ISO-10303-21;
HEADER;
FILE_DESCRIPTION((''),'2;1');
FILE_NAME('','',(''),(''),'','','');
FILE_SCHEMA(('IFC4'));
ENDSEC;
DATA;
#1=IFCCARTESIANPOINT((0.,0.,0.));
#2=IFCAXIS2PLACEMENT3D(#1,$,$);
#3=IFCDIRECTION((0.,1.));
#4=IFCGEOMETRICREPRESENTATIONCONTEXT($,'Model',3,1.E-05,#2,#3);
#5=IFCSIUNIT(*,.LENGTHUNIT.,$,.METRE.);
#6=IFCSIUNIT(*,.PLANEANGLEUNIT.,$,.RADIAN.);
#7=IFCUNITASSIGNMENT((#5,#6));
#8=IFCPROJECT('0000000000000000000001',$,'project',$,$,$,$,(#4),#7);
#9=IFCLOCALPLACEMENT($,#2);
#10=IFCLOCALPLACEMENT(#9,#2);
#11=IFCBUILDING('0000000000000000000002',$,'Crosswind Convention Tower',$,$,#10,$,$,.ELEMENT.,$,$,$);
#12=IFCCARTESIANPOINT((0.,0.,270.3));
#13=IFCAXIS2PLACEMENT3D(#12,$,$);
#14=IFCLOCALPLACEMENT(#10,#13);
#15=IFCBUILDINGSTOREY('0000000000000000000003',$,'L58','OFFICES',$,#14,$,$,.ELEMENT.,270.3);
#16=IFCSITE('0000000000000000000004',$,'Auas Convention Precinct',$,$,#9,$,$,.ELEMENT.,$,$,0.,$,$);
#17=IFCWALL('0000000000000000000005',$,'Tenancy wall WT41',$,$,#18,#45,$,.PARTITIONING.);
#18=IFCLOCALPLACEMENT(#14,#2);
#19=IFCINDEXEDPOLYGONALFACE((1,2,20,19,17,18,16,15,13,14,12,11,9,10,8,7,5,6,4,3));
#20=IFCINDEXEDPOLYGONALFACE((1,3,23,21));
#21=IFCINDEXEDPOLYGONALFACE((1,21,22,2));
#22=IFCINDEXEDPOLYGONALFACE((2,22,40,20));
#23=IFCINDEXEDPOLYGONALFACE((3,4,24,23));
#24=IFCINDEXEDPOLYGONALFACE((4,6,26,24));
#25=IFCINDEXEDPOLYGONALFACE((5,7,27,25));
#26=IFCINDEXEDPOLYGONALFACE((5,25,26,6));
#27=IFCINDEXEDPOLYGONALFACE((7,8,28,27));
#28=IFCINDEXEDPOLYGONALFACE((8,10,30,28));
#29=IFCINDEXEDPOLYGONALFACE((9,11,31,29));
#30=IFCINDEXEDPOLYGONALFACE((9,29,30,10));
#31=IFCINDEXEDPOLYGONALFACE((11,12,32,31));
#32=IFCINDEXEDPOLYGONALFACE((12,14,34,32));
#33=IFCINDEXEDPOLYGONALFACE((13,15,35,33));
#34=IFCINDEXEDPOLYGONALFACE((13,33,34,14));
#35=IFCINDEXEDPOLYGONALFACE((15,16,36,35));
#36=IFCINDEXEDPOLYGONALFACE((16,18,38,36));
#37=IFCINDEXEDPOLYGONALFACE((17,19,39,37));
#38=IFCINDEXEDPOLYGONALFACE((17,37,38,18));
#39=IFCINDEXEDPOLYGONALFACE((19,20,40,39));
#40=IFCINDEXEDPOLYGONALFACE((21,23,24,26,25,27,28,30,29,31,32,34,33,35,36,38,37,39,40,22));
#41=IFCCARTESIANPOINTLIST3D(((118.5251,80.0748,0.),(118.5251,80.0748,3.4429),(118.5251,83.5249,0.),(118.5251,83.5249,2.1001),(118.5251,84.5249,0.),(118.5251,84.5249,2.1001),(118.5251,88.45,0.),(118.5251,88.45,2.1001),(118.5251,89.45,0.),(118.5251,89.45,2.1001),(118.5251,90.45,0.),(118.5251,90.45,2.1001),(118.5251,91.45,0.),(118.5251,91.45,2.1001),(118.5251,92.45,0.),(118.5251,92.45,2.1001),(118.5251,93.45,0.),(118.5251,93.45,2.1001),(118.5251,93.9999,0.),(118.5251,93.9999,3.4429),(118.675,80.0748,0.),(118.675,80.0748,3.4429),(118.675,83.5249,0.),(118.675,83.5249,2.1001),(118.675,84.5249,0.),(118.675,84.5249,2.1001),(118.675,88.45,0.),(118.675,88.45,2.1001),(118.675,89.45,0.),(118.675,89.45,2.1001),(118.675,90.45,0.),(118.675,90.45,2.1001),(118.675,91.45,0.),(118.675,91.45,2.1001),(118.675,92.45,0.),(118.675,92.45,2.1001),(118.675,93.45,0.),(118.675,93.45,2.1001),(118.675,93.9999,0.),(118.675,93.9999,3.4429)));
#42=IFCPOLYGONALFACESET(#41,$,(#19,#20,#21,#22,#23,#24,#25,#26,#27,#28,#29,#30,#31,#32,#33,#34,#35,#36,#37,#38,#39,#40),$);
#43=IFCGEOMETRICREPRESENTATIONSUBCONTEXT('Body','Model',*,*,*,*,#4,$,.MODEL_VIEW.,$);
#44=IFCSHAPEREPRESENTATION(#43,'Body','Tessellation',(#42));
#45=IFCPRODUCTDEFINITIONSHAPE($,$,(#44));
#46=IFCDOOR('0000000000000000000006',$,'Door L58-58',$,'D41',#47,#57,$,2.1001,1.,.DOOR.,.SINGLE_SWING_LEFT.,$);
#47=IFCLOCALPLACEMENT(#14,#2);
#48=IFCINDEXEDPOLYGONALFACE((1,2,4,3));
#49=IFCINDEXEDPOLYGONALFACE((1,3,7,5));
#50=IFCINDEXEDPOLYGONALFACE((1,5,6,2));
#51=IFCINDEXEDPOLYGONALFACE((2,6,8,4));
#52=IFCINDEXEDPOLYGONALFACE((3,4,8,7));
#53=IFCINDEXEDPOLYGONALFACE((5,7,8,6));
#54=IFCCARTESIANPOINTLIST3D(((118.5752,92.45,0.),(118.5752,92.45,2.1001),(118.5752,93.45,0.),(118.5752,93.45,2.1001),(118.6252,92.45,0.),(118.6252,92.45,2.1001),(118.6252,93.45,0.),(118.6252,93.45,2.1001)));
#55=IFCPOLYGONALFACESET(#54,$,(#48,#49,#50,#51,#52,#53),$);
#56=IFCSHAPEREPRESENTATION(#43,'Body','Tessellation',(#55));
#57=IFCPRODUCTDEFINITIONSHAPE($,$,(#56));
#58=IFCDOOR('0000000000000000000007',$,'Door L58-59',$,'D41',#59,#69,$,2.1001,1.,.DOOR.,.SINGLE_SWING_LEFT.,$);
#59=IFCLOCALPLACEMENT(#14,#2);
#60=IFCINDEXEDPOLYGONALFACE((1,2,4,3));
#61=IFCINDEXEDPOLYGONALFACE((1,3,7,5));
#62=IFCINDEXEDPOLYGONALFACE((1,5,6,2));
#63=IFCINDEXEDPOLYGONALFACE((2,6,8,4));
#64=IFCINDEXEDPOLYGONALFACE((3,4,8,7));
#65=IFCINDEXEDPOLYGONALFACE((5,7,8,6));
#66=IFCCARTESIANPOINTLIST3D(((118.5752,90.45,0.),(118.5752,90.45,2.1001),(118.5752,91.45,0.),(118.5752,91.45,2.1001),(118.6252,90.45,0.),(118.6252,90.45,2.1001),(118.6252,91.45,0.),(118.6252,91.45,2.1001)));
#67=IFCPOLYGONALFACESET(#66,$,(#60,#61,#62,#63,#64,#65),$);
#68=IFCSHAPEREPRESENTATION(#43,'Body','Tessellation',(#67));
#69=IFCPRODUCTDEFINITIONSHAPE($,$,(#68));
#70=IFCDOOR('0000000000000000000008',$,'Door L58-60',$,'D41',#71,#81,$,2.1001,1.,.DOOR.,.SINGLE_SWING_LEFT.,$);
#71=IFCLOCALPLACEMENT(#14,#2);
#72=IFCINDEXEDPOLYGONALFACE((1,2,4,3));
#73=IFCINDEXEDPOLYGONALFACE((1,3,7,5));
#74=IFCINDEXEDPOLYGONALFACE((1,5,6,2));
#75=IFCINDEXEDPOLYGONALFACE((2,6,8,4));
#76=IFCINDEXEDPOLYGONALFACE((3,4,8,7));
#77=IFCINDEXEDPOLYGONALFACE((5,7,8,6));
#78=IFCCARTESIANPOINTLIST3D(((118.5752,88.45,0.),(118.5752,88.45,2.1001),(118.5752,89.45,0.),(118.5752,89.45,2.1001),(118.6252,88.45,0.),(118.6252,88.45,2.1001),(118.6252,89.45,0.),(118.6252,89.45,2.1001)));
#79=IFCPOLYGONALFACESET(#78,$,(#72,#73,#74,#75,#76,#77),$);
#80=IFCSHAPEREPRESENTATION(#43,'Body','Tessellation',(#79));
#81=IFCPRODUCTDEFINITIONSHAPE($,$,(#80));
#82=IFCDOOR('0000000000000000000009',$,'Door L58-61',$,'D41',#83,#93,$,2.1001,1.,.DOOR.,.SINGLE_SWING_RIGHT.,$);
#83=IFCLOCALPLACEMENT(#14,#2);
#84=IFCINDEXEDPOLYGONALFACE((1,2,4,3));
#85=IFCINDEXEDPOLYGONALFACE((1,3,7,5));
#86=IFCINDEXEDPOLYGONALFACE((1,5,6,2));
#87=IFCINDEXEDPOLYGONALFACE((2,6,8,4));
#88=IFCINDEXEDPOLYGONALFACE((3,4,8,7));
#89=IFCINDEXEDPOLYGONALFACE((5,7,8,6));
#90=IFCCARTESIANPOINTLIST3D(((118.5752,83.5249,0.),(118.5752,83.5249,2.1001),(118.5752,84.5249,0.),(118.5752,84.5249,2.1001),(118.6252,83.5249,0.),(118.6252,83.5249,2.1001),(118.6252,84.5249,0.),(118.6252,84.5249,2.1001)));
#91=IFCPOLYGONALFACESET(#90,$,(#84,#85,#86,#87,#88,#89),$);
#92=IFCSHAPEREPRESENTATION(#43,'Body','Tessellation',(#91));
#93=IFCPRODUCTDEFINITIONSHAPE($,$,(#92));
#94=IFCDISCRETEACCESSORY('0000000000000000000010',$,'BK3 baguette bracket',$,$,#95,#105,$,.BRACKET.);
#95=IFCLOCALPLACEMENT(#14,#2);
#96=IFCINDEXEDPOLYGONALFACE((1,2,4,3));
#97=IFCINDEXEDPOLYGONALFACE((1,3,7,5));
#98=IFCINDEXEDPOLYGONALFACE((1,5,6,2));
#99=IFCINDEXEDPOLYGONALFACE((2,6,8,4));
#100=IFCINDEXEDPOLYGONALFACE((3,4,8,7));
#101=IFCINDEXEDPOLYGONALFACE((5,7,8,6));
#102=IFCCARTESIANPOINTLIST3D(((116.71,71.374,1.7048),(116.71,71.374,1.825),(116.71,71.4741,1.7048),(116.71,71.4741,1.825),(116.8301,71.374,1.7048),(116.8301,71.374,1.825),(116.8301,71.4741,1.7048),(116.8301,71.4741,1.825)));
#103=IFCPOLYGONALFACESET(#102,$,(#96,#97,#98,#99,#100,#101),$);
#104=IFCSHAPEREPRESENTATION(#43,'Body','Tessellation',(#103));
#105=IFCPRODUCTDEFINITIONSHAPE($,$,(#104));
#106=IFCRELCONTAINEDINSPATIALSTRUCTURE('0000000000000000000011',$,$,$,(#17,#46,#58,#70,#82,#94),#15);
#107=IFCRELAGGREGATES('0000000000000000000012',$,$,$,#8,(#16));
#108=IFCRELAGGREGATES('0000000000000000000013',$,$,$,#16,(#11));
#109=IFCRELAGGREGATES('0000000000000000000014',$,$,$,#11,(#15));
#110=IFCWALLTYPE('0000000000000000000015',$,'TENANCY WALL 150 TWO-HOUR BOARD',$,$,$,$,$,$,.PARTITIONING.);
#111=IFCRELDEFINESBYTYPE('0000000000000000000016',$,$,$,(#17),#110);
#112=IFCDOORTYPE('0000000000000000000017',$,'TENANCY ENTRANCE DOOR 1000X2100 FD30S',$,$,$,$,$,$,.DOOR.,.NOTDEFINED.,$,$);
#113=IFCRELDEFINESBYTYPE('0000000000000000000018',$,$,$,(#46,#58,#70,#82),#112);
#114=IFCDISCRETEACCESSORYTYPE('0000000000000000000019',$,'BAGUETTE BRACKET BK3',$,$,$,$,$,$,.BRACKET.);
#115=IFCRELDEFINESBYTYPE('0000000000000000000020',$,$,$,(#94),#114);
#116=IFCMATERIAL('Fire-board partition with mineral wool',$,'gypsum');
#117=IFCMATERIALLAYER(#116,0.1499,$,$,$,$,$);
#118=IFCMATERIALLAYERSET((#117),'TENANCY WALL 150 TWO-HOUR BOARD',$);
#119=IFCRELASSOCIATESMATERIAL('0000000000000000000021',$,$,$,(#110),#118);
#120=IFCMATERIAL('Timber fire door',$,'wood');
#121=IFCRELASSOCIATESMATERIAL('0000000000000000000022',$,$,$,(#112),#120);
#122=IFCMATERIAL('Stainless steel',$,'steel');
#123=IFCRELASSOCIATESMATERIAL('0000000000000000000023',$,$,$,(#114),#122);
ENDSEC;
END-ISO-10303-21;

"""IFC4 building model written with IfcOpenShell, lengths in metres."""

from ifc_helpers import new_model, si_unit, direction, frame, frame_2d, origin, origin_2d, place, context, subcontext, project, spatial, rectangle, extrude, material, layer, layer_set, type_object, element, fill, save


model = new_model("IFC4")

# Units and contexts
model_context = context("Model", 3, precision=1e-05, world=origin(), true_north=direction((0.0, 1.0)))
body_context = subcontext(model_context, "Body", "Model", "MODEL_VIEW")
ifc_project = project(units=[si_unit("LENGTHUNIT", "METRE"), si_unit("PLANEANGLEUNIT", "RADIAN")], contexts=[model_context])

# Site, building, storey
site_placement = place(None, origin())
site = spatial("IfcSite", under=ifc_project, at=site_placement, Name="Auas Convention Precinct", CompositionType="ELEMENT", RefElevation=0.0)
building_placement = place(site_placement, origin())
building = spatial("IfcBuilding", under=site, at=building_placement, Name="Crosswind Convention Tower", CompositionType="ELEMENT")
storey_placement = place(building_placement, frame((0.0, 0.0, 270.3)))
storey = spatial("IfcBuildingStorey", under=building, at=storey_placement, Name="L58", Description="OFFICES", CompositionType="ELEMENT", Elevation=270.3)

# Wall, openings, doors
ifc_material_1 = material(Name="Fire-board partition with mineral wool", Category="gypsum")
ifc_layer_1 = layer(ifc_material_1, 0.1499)
ifc_layer_set_1 = layer_set([ifc_layer_1], Name="TENANCY WALL 150 TWO-HOUR BOARD")
wall_type = type_object("IfcWallType", Name="TENANCY WALL 150 TWO-HOUR BOARD", PredefinedType="PARTITIONING", material=ifc_layer_set_1)
wall_placement = place(storey_placement, frame((118.6001, 80.075, 0.0), z_axis=(0.0, 0.0, 1.0), x_axis=(0.0, 1.0, 0.0)))
wall = element("IfcWall", 1, at=wall_placement, inside=storey, type_object=wall_type, Name="Tenancy wall WT41", PredefinedType="PARTITIONING", context=body_context, shape_type="SweptSolid", body=[
    extrude(rectangle(XDim=13.925, YDim=0.1499, at=frame_2d((6.9624, 0.0))), origin(), (0.0, 0.0, 1.0), 3.4429),
])
opening_1_placement = place(wall_placement, frame((12.375, 0.0, 0.0)))
opening_1 = element("IfcOpeningElement", 2, at=opening_1_placement, cuts=wall, PredefinedType="OPENING", context=body_context, shape_type="SweptSolid", body=[
    extrude(rectangle(XDim=1.0, YDim=2.1001, at=frame_2d((0.5, 1.05))), frame((0.0, 0.085, 0.0), z_axis=(0.0, -1.0, 0.0), x_axis=(1.0, 0.0, 0.0)), (0.0, 0.0, 1.0), 0.1699),
])
opening_2_placement = place(wall_placement, frame((10.375, 0.0, 0.0)))
opening_2 = element("IfcOpeningElement", 3, at=opening_2_placement, cuts=wall, PredefinedType="OPENING", context=body_context, shape_type="SweptSolid", body=[
    extrude(rectangle(XDim=1.0, YDim=2.1001, at=frame_2d((0.5, 1.05))), frame((0.0, 0.085, 0.0), z_axis=(0.0, -1.0, 0.0), x_axis=(1.0, 0.0, 0.0)), (0.0, 0.0, 1.0), 0.1699),
])
opening_3_placement = place(wall_placement, frame((8.375, 0.0, 0.0)))
opening_3 = element("IfcOpeningElement", 4, at=opening_3_placement, cuts=wall, PredefinedType="OPENING", context=body_context, shape_type="SweptSolid", body=[
    extrude(rectangle(XDim=1.0, YDim=2.1001, at=frame_2d((0.5, 1.05))), frame((0.0, 0.085, 0.0), z_axis=(0.0, -1.0, 0.0), x_axis=(1.0, 0.0, 0.0)), (0.0, 0.0, 1.0), 0.1699),
])
opening_4_placement = place(wall_placement, frame((3.45, 0.0, 0.0)))
opening_4 = element("IfcOpeningElement", 5, at=opening_4_placement, cuts=wall, PredefinedType="OPENING", context=body_context, shape_type="SweptSolid", body=[
    extrude(rectangle(XDim=1.0, YDim=2.1001, at=frame_2d((0.5, 1.05))), frame((0.0, 0.085, 0.0), z_axis=(0.0, -1.0, 0.0), x_axis=(1.0, 0.0, 0.0)), (0.0, 0.0, 1.0), 0.1699),
])
ifc_material_2 = material(Name="Timber fire door", Category="wood")
door_type = type_object("IfcDoorType", Name="TENANCY ENTRANCE DOOR 1000X2100 FD30S", OperationType="NOTDEFINED", PredefinedType="DOOR", material=ifc_material_2)
door_1_placement = place(opening_1_placement, origin())
door_1 = element("IfcDoor", 6, at=door_1_placement, inside=storey, type_object=door_type, Name="Door L58-58", ObjectType="D41", OperationType="SINGLE_SWING_LEFT", OverallHeight=2.1001, OverallWidth=1.0, PredefinedType="DOOR", context=body_context, shape_type="SweptSolid", body=[
    extrude(rectangle(XDim=1.0, YDim=2.1001, at=frame_2d((0.5, 1.05))), frame((0.0, 0.0249, 0.0), z_axis=(0.0, -1.0, 0.0), x_axis=(1.0, 0.0, 0.0)), (0.0, 0.0, 1.0), 0.05),
])
fill(opening_1, door_1)
door_2_placement = place(opening_2_placement, origin())
door_2 = element("IfcDoor", 7, at=door_2_placement, inside=storey, type_object=door_type, Name="Door L58-59", ObjectType="D41", OperationType="SINGLE_SWING_LEFT", OverallHeight=2.1001, OverallWidth=1.0, PredefinedType="DOOR", context=body_context, shape_type="SweptSolid", body=[
    extrude(rectangle(XDim=1.0, YDim=2.1001, at=frame_2d((0.5, 1.05))), frame((0.0, 0.0249, 0.0), z_axis=(0.0, -1.0, 0.0), x_axis=(1.0, 0.0, 0.0)), (0.0, 0.0, 1.0), 0.05),
])
fill(opening_2, door_2)
door_3_placement = place(opening_3_placement, origin())
door_3 = element("IfcDoor", 8, at=door_3_placement, inside=storey, type_object=door_type, Name="Door L58-60", ObjectType="D41", OperationType="SINGLE_SWING_LEFT", OverallHeight=2.1001, OverallWidth=1.0, PredefinedType="DOOR", context=body_context, shape_type="SweptSolid", body=[
    extrude(rectangle(XDim=1.0, YDim=2.1001, at=frame_2d((0.5, 1.05))), frame((0.0, 0.0249, 0.0), z_axis=(0.0, -1.0, 0.0), x_axis=(1.0, 0.0, 0.0)), (0.0, 0.0, 1.0), 0.05),
])
fill(opening_3, door_3)
door_4_placement = place(opening_4_placement, origin())
door_4 = element("IfcDoor", 9, at=door_4_placement, inside=storey, type_object=door_type, Name="Door L58-61", ObjectType="D41", OperationType="SINGLE_SWING_RIGHT", OverallHeight=2.1001, OverallWidth=1.0, PredefinedType="DOOR", context=body_context, shape_type="SweptSolid", body=[
    extrude(rectangle(XDim=1.0, YDim=2.1001, at=frame_2d((0.5, 1.05))), frame((0.0, 0.0249, 0.0), z_axis=(0.0, -1.0, 0.0), x_axis=(1.0, 0.0, 0.0)), (0.0, 0.0, 1.0), 0.05),
])
fill(opening_4, door_4)

# Discrete accessory
ifc_material_3 = material(Name="Stainless steel", Category="steel")
discrete_accessory_type = type_object("IfcDiscreteAccessoryType", Name="BAGUETTE BRACKET BK3", PredefinedType="BRACKET", material=ifc_material_3)
discrete_accessory_placement = place(storey_placement, frame((116.77, 71.4241, 1.7048), z_axis=(0.0, 0.0, 1.0), x_axis=(1.0, 0.0, 0.0)))
element("IfcDiscreteAccessory", 10, at=discrete_accessory_placement, inside=storey, type_object=discrete_accessory_type, Name="BK3 baguette bracket", PredefinedType="BRACKET", context=body_context, shape_type="SweptSolid", body=[
    extrude(rectangle(XDim=0.1201, YDim=0.1001, at=origin_2d()), origin(), (0.0, 0.0, 1.0), 0.1201),
])

save(model, "model.ifc")
